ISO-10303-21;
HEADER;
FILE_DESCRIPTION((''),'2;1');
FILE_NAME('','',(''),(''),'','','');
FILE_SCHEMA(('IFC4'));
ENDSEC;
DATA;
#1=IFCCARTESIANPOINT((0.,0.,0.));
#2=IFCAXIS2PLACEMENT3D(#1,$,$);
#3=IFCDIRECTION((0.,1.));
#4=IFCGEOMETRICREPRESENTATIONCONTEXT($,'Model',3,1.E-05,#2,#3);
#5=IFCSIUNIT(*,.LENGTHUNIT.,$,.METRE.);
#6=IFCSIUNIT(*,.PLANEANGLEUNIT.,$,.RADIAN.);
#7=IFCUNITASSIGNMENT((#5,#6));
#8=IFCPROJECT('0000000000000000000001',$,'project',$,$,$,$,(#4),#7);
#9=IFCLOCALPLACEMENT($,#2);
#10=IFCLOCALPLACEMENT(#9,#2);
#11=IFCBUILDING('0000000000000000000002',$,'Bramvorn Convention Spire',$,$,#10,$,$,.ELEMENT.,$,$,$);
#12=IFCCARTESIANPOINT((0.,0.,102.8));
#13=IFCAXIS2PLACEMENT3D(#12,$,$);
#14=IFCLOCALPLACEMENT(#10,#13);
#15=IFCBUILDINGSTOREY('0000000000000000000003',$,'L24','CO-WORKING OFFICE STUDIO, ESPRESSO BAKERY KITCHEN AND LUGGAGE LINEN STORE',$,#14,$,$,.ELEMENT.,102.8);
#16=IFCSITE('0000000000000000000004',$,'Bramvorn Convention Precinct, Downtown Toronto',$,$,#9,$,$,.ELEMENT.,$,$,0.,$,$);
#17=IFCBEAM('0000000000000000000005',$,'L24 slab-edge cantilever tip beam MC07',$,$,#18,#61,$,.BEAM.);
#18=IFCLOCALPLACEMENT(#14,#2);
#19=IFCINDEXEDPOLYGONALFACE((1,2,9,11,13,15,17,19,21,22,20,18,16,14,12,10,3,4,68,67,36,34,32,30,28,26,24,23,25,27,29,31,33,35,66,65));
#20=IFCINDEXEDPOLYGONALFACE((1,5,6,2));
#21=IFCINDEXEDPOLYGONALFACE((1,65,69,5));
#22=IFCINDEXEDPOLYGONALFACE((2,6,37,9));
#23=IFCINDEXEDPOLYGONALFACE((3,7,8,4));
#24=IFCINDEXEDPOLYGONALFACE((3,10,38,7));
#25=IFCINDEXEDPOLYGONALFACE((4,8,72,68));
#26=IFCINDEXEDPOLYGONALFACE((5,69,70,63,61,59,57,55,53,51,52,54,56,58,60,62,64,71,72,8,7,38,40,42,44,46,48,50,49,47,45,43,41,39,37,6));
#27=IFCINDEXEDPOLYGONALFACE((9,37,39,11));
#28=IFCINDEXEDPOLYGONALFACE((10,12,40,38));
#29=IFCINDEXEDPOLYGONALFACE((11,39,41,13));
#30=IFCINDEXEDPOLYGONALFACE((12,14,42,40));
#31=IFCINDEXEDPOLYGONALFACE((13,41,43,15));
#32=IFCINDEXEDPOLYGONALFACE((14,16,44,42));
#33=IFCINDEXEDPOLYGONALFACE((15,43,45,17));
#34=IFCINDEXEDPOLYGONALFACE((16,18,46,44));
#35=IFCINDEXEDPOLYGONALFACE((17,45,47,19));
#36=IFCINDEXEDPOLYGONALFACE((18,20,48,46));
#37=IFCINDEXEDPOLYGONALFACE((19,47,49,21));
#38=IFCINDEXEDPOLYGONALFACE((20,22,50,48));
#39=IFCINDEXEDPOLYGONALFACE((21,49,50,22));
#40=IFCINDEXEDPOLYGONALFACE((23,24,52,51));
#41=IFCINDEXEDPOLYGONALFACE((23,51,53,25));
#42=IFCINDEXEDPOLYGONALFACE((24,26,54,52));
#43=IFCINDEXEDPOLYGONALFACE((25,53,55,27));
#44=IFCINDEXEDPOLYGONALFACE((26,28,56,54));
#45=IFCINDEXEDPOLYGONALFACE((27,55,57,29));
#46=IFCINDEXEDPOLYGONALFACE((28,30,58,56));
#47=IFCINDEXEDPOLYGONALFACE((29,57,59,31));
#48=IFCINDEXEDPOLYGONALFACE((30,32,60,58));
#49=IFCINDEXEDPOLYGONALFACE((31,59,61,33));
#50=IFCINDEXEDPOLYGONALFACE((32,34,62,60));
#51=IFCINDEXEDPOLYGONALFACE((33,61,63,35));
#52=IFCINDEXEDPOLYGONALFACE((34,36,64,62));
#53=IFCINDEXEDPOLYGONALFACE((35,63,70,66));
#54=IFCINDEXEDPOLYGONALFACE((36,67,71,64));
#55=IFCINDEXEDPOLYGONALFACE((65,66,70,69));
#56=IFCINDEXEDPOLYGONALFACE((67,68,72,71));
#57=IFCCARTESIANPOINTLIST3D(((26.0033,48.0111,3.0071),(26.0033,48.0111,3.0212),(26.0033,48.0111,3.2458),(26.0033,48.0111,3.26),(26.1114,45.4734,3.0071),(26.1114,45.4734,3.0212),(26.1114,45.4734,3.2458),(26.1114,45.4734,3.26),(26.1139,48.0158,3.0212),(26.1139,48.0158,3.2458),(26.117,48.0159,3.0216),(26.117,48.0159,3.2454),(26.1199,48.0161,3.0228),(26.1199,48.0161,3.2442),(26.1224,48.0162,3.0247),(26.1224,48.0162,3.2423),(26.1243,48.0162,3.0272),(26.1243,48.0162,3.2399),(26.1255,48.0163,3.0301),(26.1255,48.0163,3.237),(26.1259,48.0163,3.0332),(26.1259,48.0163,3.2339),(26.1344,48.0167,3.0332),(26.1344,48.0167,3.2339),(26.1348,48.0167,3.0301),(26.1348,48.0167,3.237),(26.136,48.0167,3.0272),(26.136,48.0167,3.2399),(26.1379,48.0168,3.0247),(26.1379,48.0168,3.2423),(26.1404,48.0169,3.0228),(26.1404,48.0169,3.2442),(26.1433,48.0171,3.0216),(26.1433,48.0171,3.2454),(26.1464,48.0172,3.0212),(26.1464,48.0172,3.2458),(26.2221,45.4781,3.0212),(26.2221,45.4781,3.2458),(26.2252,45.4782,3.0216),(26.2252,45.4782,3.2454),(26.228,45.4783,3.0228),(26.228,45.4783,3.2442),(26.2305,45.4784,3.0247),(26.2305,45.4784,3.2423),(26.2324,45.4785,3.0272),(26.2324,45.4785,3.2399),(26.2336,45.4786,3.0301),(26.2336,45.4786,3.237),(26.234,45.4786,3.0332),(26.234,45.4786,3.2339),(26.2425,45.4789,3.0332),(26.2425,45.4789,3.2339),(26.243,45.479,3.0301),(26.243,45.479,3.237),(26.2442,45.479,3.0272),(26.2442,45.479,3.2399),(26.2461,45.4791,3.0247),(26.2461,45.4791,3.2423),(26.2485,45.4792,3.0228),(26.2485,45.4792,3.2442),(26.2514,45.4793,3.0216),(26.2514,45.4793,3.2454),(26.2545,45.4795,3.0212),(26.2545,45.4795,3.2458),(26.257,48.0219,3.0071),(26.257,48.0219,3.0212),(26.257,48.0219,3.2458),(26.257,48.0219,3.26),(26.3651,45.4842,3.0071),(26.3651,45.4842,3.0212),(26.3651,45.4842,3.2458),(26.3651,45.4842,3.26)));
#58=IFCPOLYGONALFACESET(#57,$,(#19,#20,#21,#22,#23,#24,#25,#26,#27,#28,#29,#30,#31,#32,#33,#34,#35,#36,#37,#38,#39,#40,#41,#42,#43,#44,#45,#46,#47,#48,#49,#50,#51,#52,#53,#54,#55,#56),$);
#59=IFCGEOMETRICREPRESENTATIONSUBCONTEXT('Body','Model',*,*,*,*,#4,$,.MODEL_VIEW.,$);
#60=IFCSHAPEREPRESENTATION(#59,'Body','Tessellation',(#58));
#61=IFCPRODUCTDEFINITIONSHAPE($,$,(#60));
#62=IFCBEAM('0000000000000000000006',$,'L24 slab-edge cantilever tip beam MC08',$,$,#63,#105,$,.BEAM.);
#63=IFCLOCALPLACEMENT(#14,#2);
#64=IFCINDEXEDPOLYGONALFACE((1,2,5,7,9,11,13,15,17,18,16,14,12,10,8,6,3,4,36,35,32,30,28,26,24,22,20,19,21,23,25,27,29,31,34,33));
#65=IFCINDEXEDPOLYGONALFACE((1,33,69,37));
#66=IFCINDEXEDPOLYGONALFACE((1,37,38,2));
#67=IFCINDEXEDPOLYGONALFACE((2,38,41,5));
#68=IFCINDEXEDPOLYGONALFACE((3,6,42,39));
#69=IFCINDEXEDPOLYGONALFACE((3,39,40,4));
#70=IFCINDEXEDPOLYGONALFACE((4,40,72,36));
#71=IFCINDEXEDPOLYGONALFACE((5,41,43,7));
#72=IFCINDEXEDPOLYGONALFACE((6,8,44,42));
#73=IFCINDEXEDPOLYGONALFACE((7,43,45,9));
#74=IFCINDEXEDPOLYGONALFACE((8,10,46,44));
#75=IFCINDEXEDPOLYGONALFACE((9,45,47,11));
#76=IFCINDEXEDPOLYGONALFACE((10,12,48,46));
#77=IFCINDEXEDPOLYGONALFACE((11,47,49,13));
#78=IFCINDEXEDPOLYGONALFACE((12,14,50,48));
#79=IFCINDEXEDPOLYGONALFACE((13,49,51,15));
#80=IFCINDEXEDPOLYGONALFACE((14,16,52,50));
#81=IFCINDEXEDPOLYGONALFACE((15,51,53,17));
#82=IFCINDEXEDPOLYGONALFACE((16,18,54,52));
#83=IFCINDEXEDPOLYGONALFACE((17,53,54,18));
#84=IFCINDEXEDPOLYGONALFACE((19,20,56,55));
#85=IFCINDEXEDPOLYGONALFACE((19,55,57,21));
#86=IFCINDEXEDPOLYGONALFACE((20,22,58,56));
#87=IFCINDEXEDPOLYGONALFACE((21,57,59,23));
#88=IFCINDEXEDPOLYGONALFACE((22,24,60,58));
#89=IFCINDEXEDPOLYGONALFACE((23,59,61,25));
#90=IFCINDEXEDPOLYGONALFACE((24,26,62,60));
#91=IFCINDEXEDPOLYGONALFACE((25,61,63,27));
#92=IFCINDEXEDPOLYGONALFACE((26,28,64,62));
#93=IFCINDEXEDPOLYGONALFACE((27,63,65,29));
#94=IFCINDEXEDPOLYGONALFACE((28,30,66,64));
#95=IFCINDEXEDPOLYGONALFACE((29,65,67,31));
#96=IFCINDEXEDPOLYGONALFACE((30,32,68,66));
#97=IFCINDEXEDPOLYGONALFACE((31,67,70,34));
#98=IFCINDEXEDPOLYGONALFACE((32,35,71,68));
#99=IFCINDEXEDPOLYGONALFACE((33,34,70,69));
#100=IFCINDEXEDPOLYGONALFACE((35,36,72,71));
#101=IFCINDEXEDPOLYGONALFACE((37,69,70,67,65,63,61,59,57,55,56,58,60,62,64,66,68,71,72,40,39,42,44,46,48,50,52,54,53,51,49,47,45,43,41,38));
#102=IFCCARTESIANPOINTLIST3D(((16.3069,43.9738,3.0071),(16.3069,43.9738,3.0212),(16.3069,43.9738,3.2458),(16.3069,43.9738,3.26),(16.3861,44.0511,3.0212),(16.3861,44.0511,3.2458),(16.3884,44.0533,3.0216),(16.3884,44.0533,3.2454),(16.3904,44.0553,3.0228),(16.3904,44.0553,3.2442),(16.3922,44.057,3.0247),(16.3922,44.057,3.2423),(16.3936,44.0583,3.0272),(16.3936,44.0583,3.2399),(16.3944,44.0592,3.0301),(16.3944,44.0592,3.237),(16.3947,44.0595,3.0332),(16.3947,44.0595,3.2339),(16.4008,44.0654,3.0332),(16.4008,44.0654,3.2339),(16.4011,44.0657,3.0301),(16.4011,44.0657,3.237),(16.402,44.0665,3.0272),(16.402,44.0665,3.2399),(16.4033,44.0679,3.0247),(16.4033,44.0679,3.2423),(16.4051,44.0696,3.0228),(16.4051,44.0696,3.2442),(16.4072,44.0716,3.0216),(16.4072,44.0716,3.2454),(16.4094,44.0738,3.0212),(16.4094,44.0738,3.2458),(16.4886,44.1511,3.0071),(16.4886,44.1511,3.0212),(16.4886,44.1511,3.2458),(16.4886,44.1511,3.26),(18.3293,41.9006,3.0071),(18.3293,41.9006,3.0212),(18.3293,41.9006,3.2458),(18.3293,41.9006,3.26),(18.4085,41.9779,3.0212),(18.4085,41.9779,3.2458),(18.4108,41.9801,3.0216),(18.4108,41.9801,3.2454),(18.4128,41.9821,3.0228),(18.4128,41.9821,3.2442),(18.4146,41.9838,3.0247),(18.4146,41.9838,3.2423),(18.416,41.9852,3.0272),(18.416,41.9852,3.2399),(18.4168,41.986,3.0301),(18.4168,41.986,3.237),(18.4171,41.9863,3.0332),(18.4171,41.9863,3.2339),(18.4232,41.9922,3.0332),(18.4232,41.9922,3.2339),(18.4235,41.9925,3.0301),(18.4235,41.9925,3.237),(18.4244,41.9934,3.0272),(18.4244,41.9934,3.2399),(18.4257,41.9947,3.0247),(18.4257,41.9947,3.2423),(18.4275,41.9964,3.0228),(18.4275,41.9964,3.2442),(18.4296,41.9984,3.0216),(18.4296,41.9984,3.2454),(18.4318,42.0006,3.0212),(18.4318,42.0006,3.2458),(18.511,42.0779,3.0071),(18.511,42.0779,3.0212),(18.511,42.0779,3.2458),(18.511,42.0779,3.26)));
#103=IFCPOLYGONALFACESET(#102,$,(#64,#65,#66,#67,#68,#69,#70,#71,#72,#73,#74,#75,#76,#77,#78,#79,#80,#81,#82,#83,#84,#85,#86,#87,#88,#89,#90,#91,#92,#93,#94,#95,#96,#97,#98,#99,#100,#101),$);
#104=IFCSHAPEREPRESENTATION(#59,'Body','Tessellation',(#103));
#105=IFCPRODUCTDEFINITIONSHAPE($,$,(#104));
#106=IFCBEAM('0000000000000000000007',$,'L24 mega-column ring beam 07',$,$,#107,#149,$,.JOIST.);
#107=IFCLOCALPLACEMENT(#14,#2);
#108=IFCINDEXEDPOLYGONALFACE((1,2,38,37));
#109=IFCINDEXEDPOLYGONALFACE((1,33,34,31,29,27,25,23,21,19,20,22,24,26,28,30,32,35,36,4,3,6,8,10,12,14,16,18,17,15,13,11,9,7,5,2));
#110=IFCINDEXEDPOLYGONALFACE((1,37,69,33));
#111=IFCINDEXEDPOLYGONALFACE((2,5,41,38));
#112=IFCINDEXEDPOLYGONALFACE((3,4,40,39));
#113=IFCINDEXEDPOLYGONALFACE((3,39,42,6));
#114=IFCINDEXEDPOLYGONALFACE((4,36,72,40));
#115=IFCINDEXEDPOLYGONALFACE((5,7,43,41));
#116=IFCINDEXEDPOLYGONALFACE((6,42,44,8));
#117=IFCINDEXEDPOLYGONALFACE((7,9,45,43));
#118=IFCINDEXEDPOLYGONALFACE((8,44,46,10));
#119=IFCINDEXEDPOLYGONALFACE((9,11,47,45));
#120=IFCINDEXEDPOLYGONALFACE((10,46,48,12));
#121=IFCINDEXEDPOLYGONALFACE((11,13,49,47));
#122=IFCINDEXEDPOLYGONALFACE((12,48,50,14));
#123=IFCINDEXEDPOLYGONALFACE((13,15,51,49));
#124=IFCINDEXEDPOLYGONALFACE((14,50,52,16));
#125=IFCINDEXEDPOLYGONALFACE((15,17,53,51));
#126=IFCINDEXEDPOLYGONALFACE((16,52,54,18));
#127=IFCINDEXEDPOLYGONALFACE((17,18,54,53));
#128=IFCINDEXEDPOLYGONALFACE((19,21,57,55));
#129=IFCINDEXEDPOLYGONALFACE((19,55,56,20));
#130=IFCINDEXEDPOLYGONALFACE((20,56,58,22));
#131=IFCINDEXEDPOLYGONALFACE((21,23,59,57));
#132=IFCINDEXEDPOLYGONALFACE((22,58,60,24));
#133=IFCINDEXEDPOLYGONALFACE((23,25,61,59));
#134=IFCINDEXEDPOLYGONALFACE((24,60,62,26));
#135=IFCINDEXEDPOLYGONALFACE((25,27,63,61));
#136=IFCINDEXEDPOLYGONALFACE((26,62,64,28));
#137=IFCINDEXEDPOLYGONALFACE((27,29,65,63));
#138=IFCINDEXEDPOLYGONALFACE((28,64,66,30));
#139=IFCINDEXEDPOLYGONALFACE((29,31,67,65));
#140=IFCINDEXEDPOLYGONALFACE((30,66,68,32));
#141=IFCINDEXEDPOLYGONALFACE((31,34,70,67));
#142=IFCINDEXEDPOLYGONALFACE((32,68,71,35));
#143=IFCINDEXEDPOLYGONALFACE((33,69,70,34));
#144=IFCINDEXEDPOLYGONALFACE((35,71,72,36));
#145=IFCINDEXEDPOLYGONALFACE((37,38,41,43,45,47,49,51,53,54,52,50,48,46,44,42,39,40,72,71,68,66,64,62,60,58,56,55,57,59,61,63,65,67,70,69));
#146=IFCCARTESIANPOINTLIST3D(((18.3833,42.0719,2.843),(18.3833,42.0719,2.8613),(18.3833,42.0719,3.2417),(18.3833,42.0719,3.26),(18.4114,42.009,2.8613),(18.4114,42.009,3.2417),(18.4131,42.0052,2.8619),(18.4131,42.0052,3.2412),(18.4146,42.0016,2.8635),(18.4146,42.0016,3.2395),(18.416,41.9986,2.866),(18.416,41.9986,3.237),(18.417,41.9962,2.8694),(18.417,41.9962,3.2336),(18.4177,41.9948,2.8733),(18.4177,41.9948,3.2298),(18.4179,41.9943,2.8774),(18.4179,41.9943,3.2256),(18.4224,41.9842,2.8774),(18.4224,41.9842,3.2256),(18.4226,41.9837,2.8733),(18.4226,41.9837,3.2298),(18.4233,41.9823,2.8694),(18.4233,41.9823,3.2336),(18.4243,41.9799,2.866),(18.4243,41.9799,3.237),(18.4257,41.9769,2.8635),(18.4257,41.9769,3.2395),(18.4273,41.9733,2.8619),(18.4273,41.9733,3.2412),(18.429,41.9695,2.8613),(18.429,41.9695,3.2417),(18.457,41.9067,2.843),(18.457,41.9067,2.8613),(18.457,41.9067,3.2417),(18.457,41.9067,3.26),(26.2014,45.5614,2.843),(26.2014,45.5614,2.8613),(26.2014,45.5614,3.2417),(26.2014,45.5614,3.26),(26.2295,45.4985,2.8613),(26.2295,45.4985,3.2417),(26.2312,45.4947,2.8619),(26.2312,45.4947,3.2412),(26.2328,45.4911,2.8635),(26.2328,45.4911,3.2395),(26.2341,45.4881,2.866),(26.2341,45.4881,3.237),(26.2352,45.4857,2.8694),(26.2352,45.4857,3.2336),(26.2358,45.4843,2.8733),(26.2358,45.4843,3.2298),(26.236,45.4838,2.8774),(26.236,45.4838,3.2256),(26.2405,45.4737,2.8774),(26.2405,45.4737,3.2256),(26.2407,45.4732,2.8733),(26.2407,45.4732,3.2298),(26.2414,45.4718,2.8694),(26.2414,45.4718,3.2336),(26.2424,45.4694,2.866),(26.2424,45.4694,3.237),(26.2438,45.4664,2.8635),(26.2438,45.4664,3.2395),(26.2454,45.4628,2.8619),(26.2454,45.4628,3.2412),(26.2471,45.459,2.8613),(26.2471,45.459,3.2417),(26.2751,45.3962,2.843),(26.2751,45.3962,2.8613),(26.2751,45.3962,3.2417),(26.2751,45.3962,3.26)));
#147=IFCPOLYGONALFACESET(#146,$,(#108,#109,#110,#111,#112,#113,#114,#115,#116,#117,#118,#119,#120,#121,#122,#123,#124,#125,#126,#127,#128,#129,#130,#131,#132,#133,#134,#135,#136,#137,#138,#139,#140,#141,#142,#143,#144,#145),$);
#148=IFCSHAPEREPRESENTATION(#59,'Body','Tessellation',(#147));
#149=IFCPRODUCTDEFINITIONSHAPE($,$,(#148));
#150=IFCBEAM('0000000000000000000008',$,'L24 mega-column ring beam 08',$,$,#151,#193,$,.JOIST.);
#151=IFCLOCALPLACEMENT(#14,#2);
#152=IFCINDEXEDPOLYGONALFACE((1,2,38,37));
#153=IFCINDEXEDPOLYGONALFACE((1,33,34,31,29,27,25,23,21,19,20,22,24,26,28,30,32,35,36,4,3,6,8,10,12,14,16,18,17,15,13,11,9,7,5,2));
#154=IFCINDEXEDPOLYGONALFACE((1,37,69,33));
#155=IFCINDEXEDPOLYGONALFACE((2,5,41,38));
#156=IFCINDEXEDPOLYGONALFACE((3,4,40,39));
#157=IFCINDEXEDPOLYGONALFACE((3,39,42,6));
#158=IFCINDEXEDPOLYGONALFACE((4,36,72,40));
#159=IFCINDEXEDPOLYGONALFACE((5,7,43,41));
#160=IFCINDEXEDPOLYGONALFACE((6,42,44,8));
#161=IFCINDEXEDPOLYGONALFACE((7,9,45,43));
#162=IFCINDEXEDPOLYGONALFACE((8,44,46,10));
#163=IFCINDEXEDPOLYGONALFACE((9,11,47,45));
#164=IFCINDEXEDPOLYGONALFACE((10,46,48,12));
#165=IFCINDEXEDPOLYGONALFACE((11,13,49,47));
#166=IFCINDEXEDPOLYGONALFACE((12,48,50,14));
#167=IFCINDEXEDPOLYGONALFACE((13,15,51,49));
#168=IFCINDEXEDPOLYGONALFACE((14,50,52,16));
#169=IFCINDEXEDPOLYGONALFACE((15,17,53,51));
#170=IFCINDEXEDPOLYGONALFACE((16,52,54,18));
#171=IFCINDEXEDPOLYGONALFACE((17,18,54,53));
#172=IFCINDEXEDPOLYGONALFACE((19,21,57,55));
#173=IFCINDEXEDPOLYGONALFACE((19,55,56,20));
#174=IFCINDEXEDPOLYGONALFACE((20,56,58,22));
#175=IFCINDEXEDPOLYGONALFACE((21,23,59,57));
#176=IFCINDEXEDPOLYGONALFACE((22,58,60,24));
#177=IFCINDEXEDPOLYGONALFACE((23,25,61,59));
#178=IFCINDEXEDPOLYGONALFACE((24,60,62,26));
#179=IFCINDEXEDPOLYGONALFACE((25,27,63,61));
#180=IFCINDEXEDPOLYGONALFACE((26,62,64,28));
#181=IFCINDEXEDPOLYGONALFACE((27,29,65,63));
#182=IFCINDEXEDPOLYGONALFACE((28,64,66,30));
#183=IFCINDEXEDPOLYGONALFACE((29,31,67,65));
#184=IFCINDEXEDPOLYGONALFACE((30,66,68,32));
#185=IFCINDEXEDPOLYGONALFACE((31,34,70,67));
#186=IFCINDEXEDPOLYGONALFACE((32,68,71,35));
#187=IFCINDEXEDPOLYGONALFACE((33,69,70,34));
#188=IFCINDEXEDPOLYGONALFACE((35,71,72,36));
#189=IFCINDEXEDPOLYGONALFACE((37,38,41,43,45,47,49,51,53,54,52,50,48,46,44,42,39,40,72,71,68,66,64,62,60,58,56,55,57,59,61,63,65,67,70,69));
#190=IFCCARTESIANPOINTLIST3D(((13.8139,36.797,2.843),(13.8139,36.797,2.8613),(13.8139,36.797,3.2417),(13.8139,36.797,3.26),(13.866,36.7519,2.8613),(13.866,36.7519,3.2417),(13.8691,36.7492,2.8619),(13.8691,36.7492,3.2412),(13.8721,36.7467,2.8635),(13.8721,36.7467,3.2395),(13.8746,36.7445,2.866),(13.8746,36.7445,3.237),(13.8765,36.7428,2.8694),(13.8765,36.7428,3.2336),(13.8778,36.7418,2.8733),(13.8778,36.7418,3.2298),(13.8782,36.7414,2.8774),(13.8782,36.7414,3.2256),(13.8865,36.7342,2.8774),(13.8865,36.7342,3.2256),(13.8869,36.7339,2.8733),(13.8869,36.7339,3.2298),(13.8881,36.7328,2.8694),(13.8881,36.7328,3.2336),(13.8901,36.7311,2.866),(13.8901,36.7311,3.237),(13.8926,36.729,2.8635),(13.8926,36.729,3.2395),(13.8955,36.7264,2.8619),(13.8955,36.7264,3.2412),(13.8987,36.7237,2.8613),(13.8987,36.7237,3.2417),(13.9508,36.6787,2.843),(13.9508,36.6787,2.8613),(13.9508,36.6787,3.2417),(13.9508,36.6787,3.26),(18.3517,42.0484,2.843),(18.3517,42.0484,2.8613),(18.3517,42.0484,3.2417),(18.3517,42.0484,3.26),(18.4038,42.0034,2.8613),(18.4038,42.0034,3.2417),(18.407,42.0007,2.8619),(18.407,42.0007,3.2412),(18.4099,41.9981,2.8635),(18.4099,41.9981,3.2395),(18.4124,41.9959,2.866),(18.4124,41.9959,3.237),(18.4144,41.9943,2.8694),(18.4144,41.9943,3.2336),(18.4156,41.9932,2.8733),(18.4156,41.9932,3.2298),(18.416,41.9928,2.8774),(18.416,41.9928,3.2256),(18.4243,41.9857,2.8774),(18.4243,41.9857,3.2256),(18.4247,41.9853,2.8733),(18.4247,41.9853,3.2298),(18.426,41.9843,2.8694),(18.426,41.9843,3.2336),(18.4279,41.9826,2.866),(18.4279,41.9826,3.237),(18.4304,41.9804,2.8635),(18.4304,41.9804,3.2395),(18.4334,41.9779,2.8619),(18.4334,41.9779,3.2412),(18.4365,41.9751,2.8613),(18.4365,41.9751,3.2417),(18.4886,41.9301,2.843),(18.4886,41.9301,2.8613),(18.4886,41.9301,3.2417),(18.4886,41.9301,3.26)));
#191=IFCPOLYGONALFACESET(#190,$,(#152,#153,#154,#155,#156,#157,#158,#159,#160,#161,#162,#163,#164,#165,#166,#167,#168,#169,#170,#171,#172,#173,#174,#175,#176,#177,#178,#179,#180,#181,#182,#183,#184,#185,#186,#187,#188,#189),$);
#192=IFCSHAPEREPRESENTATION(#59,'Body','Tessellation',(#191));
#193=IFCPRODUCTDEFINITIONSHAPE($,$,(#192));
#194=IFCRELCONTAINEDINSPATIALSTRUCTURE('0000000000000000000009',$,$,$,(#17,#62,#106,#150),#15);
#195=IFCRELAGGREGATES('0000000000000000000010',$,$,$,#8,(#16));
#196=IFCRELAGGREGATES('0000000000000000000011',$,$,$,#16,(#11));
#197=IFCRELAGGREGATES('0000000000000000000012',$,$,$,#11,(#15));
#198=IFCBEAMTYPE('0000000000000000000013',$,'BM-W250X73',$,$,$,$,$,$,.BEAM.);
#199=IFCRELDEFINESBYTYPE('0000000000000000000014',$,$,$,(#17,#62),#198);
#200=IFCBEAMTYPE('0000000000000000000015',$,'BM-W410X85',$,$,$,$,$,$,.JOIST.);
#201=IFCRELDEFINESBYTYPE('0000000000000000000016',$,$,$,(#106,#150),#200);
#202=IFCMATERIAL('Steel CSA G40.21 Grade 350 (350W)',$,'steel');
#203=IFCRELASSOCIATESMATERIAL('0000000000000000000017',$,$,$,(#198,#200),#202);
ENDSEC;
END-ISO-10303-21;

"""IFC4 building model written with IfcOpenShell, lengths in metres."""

from ifc_helpers import new_model, si_unit, direction, frame, origin, origin_2d, place, context, subcontext, project, spatial, i_section, extrude, material, material_profile, profile_set, type_object, element, save


model = new_model("IFC4")

# Units and contexts
model_context = context("Model", 3, precision=1e-05, world=origin(), true_north=direction((0.0, 1.0)))
body_context = subcontext(model_context, "Body", "Model", "MODEL_VIEW")
ifc_project = project(units=[si_unit("LENGTHUNIT", "METRE"), si_unit("PLANEANGLEUNIT", "RADIAN")], contexts=[model_context])

# Site, building, storey
site_placement = place(None, origin())
site = spatial("IfcSite", under=ifc_project, at=site_placement, Name="Bramvorn Convention Precinct, Downtown Toronto", CompositionType="ELEMENT", RefElevation=0.0)
building_placement = place(site_placement, origin())
building = spatial("IfcBuilding", under=site, at=building_placement, Name="Bramvorn Convention Spire", CompositionType="ELEMENT")
storey_placement = place(building_placement, frame((0.0, 0.0, 102.8)))
storey = spatial("IfcBuildingStorey", under=building, at=storey_placement, Name="L24", Description="CO-WORKING OFFICE STUDIO, ESPRESSO BAKERY KITCHEN AND LUGGAGE LINEN STORE", CompositionType="ELEMENT", Elevation=102.8)

# Shared definitions
ifc_material_1 = material(Name="Steel CSA G40.21 Grade 350 (350W)", Category="steel")

# Beams
ifc_material_profile_1 = material_profile(ifc_material_1, i_section(OverallWidth=0.2539, OverallDepth=0.2529, WebThickness=0.0085, FlangeThickness=0.0142, FilletRadius=0.012, at=origin_2d()))
ifc_profile_set_1 = profile_set([ifc_material_profile_1], Name="Steel CSA G40.21 Grade 350 (350W) - W250X73")
beam_type_1 = type_object("IfcBeamType", Name="BM-W250X73", PredefinedType="BEAM", material=ifc_profile_set_1)
beam_1_placement = place(storey_placement, frame((26.2383, 45.4788, 3.1335), z_axis=(-0.042578, 0.999093, 0.0), x_axis=(-0.999093, -0.042578, 0.0)))
element("IfcBeam", 1, at=beam_1_placement, inside=storey, type_object=beam_type_1, Name="L24 slab-edge cantilever tip beam MC07", PredefinedType="BEAM", context=body_context, shape_type="SweptSolid", body=[
    extrude(i_section(OverallWidth=0.2539, OverallDepth=0.2529, WebThickness=0.0085, FlangeThickness=0.0142, FilletRadius=0.012, at=origin_2d()), origin(), (0.0, 0.0, 1.0), 2.54),
])
beam_2_placement = place(storey_placement, frame((18.4202, 41.9893, 3.1335), z_axis=(-0.698286, 0.715819, 0.0), x_axis=(-0.715819, -0.698286, 0.0)))
element("IfcBeam", 2, at=beam_2_placement, inside=storey, type_object=beam_type_1, Name="L24 slab-edge cantilever tip beam MC08", PredefinedType="BEAM", context=body_context, shape_type="SweptSolid", body=[
    extrude(i_section(OverallWidth=0.2539, OverallDepth=0.2529, WebThickness=0.0085, FlangeThickness=0.0142, FilletRadius=0.012, at=origin_2d()), origin(), (0.0, 0.0, 1.0), 2.8962),
])
ifc_material_profile_2 = material_profile(ifc_material_1, i_section(OverallWidth=0.1809, OverallDepth=0.417, WebThickness=0.011, FlangeThickness=0.0183, FilletRadius=0.0161, at=origin_2d()))
ifc_profile_set_2 = profile_set([ifc_material_profile_2], Name="Steel CSA G40.21 Grade 350 (350W) - W410X85")
beam_type_2 = type_object("IfcBeamType", Name="BM-W410X85", PredefinedType="JOIST", material=ifc_profile_set_2)
beam_3_placement = place(storey_placement, frame((26.2383, 45.4788, 3.0515), z_axis=(-0.91317, -0.40758, 0.0), x_axis=(0.40758, -0.91317, 0.0)))
element("IfcBeam", 3, at=beam_3_placement, inside=storey, type_object=beam_type_2, Name="L24 mega-column ring beam 07", PredefinedType="JOIST", context=body_context, shape_type="SweptSolid", body=[
    extrude(i_section(OverallWidth=0.1809, OverallDepth=0.417, WebThickness=0.011, FlangeThickness=0.0183, FilletRadius=0.0161, at=origin_2d()), origin(), (0.0, 0.0, 1.0), 8.5615),
])
beam_4_placement = place(storey_placement, frame((18.4202, 41.9893, 3.0515), z_axis=(-0.653825, -0.756646, 0.0), x_axis=(0.756646, -0.653825, 0.0)))
element("IfcBeam", 4, at=beam_4_placement, inside=storey, type_object=beam_type_2, Name="L24 mega-column ring beam 08", PredefinedType="JOIST", context=body_context, shape_type="SweptSolid", body=[
    extrude(i_section(OverallWidth=0.1809, OverallDepth=0.417, WebThickness=0.011, FlangeThickness=0.0183, FilletRadius=0.0161, at=origin_2d()), origin(), (0.0, 0.0, 1.0), 6.9404),
])

save(model, "model.ifc")
